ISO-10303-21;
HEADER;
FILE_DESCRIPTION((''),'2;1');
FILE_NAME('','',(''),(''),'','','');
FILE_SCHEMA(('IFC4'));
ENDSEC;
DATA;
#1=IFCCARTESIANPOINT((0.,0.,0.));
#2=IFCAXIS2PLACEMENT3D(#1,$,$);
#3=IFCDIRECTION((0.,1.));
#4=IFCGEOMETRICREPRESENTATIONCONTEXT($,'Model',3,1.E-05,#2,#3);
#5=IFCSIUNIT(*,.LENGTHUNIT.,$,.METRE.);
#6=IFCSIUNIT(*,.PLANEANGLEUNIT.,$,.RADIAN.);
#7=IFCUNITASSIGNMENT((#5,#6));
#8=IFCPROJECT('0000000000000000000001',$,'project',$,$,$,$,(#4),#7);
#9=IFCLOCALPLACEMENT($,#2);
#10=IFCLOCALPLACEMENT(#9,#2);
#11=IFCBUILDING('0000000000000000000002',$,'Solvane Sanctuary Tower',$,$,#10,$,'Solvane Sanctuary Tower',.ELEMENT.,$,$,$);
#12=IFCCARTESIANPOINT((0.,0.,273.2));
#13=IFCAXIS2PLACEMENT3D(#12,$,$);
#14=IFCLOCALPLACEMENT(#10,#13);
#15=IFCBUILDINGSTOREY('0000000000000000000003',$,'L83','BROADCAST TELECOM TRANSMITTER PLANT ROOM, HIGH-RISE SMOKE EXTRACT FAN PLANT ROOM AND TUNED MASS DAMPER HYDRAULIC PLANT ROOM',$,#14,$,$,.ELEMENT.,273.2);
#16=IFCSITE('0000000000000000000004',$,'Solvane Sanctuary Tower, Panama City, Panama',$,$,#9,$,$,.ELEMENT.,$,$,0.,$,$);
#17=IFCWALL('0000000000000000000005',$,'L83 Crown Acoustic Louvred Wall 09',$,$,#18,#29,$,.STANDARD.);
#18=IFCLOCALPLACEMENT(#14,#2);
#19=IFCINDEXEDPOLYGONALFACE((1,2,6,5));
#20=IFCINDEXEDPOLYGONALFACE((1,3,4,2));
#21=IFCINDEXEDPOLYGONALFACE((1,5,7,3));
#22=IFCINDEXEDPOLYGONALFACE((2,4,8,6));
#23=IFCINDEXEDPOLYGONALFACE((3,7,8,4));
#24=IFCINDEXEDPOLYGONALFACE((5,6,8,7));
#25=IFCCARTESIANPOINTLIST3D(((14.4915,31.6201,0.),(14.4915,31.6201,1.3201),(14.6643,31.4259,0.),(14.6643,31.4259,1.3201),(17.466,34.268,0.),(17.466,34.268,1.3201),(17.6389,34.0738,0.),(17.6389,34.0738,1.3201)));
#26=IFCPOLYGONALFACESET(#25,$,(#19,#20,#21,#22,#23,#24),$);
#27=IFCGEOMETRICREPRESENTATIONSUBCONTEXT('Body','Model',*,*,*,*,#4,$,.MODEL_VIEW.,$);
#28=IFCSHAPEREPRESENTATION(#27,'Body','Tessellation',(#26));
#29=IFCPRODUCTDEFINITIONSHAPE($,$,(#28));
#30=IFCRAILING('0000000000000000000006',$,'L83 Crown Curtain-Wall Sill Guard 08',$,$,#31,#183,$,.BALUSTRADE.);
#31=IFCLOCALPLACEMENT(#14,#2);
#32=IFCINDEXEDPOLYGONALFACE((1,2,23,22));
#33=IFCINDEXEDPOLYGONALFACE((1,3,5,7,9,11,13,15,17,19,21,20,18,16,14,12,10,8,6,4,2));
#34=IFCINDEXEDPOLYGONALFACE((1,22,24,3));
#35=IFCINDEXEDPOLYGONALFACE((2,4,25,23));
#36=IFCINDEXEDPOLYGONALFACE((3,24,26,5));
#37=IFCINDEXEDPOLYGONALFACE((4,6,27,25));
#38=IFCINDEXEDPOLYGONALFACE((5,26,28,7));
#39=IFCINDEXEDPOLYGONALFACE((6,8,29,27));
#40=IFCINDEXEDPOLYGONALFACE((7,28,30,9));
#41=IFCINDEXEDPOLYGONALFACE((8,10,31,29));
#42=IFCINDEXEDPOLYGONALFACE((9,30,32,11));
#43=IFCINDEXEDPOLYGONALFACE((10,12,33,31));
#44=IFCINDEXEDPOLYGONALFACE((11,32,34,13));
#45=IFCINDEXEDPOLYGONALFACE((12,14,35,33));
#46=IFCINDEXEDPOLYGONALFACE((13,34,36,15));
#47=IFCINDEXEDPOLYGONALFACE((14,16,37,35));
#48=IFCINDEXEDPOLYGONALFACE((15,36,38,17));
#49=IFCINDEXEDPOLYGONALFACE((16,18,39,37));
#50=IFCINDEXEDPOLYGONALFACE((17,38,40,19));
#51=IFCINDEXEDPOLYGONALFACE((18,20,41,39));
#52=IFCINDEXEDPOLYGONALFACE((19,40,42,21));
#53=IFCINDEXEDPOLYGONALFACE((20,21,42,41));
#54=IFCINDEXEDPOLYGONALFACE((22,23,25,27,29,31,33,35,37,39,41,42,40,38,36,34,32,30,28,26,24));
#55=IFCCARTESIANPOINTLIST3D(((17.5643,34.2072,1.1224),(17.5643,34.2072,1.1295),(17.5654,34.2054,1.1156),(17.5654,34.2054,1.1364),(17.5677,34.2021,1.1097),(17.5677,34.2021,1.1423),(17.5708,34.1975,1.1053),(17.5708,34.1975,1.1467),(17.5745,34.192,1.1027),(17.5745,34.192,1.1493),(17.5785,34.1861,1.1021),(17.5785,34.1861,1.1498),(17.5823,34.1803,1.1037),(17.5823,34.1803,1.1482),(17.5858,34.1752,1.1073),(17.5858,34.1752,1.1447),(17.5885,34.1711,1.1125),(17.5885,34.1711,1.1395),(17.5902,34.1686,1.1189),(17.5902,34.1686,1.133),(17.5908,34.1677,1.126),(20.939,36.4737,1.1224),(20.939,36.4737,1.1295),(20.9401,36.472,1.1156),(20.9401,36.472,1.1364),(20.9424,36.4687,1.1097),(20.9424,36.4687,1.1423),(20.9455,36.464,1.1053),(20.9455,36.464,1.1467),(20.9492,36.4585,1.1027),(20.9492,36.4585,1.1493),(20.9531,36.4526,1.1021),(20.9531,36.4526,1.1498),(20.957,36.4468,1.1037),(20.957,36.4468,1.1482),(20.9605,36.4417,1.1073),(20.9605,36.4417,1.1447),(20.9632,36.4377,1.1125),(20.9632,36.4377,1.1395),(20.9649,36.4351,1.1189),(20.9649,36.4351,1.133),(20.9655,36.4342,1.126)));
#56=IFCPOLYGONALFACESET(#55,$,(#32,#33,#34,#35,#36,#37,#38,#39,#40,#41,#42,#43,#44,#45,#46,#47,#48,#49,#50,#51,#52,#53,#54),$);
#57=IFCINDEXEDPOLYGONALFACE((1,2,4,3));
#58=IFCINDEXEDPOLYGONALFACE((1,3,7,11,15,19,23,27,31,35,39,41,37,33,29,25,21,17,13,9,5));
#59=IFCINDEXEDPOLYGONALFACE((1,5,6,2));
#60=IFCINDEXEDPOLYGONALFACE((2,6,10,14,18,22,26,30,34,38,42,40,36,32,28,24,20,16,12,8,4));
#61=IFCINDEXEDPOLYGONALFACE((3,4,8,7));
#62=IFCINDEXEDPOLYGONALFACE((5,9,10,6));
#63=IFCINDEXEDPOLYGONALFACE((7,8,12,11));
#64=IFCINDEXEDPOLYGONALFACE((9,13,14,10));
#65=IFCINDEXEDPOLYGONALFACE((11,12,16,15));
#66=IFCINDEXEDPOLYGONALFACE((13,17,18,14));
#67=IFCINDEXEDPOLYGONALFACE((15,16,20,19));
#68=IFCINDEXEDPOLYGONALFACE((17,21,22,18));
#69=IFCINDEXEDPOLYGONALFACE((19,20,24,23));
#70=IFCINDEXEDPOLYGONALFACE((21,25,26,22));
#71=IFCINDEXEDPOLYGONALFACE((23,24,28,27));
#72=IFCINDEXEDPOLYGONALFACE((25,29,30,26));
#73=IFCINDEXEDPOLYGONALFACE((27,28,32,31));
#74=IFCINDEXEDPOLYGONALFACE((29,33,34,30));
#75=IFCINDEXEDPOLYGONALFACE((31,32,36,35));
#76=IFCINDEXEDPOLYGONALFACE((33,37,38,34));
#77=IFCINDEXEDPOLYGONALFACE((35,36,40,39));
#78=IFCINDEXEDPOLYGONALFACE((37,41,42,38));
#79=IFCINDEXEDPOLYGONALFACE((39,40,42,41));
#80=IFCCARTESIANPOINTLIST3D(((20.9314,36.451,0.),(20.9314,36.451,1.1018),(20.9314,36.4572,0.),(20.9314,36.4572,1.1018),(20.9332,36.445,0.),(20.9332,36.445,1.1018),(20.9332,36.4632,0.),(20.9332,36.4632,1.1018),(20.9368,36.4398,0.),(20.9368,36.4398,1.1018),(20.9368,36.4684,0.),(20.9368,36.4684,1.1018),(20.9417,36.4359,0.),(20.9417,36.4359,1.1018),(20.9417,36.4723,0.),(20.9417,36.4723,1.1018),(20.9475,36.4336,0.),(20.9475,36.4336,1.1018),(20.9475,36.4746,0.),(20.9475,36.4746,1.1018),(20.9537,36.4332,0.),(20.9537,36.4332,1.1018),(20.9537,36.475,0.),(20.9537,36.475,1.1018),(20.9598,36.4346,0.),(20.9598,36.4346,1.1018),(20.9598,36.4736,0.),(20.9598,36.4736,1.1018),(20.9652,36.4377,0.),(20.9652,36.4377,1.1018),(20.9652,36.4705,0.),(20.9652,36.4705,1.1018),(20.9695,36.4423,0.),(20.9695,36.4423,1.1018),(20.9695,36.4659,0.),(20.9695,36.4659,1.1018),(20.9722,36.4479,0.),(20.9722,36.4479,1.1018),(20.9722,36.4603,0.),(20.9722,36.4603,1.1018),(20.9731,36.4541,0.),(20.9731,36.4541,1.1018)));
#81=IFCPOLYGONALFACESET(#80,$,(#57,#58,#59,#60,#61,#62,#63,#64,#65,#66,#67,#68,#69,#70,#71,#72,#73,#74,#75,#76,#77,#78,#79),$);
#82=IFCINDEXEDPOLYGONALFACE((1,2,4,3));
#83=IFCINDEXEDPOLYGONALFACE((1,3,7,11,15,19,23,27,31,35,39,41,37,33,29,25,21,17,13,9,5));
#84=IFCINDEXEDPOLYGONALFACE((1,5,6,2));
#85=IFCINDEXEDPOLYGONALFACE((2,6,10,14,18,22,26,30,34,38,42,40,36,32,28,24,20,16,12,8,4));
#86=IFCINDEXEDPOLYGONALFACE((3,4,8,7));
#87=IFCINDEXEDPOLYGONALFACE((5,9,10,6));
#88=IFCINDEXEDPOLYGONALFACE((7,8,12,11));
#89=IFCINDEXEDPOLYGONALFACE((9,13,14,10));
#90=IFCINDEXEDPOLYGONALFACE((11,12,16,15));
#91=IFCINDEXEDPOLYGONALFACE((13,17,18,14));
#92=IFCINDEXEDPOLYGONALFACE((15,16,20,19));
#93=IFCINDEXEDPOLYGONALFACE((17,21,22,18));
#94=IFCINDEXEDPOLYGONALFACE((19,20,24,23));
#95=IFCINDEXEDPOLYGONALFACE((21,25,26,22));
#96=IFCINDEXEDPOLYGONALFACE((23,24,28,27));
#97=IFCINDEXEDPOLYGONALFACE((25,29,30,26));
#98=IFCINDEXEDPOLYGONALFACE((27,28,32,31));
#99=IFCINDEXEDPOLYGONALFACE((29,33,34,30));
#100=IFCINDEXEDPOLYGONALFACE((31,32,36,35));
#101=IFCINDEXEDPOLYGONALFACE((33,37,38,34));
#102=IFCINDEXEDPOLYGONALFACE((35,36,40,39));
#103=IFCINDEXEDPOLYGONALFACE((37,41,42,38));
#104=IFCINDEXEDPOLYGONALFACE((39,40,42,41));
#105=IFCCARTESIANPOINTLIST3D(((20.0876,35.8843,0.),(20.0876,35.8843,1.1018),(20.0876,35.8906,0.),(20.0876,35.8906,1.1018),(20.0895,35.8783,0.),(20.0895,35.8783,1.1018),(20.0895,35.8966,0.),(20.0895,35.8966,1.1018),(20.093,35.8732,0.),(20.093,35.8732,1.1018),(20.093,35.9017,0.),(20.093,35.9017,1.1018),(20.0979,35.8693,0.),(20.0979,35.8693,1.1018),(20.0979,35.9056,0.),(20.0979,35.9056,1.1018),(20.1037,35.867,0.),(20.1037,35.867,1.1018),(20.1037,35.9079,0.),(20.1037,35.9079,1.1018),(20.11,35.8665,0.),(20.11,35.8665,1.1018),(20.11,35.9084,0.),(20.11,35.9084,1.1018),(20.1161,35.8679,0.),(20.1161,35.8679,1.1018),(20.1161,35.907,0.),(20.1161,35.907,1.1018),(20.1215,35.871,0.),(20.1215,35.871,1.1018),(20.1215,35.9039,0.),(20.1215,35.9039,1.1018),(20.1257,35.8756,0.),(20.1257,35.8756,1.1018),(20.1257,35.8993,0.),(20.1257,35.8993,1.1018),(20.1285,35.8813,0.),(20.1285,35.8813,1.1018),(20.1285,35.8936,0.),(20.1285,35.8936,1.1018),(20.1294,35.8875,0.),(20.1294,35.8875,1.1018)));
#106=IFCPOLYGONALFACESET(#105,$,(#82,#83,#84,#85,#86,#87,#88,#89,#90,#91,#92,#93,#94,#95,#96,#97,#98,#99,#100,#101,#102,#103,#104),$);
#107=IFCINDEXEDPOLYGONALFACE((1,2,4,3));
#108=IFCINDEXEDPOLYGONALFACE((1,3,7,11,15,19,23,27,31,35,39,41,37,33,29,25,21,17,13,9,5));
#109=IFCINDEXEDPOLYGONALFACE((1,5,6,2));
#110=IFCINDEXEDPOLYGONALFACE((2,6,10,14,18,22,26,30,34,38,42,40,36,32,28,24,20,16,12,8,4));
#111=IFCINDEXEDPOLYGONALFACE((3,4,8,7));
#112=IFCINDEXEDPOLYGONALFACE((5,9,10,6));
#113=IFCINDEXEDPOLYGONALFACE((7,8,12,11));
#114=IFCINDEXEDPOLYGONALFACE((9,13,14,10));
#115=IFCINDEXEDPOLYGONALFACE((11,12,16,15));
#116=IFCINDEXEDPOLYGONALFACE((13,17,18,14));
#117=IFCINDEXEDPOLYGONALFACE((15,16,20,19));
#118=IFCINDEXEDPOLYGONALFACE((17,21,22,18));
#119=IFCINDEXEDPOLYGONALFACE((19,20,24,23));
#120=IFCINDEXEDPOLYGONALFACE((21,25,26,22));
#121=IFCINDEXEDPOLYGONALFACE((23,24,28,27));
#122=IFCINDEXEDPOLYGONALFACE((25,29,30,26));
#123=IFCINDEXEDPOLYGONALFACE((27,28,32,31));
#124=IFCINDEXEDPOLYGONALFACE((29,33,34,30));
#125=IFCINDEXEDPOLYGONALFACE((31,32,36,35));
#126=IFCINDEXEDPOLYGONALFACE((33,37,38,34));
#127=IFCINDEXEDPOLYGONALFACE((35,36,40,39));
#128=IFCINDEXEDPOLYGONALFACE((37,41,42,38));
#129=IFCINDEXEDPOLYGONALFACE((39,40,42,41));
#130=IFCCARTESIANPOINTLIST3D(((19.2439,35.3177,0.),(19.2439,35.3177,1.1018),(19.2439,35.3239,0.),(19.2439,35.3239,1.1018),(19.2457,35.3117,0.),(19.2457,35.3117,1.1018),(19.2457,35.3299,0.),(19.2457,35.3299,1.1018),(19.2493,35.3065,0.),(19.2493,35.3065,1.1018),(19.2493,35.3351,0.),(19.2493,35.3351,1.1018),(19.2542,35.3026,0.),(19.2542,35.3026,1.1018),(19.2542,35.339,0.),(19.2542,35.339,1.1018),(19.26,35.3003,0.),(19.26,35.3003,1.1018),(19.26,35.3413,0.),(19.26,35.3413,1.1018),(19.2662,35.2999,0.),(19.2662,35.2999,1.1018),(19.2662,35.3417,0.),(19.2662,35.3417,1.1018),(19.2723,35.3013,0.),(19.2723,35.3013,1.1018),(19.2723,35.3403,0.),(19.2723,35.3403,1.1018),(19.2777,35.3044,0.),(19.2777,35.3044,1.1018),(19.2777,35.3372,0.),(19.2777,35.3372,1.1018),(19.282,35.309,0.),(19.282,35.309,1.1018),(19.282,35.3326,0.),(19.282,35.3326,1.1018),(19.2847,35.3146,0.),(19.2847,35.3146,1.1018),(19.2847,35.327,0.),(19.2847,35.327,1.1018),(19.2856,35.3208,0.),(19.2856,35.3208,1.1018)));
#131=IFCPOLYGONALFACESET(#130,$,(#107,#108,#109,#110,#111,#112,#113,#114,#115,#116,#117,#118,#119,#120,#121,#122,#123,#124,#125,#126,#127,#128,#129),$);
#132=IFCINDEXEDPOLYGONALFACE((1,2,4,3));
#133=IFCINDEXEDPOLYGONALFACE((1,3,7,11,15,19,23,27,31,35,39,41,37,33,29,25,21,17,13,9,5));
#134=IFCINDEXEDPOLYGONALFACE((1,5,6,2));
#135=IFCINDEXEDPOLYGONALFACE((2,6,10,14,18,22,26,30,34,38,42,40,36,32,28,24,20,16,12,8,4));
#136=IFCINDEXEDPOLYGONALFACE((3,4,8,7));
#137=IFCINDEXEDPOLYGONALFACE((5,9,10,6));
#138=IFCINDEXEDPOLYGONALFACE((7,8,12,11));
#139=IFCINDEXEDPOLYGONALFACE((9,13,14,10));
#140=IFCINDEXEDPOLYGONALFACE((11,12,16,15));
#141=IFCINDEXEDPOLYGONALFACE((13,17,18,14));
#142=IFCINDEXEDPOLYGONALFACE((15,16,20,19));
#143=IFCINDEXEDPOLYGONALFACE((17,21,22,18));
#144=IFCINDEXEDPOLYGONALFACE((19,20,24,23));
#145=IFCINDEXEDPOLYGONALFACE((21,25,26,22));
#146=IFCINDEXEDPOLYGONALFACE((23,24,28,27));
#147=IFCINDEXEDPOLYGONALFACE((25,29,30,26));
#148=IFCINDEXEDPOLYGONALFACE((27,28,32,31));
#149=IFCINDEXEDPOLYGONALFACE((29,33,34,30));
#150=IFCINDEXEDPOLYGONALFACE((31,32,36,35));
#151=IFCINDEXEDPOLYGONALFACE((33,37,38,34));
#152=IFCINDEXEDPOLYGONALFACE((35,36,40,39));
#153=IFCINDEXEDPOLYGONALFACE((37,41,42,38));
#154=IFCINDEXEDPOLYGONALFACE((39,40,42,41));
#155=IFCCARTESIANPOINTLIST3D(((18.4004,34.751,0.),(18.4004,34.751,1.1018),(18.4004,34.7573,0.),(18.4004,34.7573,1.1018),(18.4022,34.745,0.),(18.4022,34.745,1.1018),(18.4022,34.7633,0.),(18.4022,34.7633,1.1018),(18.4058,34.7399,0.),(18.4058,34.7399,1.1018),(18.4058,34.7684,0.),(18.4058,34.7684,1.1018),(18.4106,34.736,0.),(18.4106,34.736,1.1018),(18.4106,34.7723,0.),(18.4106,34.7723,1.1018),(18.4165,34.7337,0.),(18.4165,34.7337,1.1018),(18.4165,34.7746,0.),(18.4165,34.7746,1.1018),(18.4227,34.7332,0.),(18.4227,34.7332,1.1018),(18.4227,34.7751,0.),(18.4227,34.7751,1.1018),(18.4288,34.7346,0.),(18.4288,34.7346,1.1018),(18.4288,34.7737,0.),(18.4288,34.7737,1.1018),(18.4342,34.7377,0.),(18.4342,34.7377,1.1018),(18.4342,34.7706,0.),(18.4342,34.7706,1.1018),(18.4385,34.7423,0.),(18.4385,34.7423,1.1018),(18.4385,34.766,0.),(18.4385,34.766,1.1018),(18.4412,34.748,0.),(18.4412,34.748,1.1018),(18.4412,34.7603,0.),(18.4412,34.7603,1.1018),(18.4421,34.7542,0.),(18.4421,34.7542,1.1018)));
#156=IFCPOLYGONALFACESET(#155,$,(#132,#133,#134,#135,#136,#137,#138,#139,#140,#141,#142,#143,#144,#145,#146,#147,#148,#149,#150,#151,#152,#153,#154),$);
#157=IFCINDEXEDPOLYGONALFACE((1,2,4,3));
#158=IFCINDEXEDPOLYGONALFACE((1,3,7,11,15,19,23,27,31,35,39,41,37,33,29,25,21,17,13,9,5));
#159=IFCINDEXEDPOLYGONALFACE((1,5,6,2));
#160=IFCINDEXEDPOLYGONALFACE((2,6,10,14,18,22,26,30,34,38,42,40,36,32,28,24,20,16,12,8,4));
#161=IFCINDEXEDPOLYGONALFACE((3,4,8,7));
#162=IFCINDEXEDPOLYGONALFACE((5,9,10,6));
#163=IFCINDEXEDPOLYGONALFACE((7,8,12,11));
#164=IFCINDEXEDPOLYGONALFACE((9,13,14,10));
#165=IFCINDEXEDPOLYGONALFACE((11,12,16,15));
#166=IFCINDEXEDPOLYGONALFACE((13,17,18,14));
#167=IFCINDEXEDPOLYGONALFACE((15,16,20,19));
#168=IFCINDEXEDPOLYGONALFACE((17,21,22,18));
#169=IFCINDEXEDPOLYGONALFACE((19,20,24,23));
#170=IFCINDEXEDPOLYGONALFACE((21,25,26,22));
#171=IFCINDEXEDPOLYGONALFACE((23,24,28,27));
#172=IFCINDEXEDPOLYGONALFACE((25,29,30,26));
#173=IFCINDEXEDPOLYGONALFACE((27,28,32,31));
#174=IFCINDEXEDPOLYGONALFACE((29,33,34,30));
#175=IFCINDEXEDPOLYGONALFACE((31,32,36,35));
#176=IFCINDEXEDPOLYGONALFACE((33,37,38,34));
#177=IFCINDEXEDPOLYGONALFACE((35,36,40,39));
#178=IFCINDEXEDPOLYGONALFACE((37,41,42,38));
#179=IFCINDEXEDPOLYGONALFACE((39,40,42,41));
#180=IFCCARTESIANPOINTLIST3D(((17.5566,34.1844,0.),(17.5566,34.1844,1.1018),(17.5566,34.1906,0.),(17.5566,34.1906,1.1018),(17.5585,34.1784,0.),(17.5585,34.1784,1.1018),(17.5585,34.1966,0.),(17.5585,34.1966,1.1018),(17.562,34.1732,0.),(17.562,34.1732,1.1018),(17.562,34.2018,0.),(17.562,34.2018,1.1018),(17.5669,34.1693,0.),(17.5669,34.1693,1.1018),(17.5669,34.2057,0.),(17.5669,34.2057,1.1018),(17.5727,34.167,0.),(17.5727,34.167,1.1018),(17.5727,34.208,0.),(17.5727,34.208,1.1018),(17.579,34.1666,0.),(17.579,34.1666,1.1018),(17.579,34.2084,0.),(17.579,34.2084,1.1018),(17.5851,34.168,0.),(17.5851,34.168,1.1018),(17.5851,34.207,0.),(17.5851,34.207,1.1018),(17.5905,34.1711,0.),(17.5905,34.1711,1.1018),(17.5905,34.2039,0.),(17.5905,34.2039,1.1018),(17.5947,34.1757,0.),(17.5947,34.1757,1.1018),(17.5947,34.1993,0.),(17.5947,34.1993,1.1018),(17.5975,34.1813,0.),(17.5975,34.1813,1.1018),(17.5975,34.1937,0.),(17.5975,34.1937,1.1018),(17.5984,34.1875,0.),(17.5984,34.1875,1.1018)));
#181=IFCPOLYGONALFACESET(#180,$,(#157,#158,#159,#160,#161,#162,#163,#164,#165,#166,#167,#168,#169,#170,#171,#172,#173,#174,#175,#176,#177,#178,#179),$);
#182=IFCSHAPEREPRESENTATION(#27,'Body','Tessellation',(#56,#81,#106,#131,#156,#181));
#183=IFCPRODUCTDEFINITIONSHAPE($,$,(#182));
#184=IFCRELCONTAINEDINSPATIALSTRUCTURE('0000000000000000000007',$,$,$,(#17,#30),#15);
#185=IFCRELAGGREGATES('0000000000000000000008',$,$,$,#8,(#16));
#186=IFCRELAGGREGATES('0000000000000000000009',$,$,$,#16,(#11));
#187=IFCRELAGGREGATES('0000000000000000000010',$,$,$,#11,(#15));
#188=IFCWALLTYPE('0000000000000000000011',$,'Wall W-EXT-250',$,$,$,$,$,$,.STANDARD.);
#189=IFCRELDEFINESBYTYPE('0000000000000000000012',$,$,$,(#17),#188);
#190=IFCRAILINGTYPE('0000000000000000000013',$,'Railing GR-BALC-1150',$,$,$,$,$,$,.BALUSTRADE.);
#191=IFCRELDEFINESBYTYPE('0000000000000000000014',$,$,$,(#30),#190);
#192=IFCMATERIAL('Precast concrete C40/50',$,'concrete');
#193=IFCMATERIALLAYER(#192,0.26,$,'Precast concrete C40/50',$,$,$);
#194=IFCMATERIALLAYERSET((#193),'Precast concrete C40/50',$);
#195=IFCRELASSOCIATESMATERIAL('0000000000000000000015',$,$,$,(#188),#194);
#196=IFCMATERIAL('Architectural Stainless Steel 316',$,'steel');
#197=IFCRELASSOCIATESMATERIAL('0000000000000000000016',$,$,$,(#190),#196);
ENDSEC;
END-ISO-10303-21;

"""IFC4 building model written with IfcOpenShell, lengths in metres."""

from ifc_helpers import new_model, si_unit, direction, frame, frame_2d, origin, origin_2d, place, context, subcontext, project, spatial, rectangle, circle, extrude, material, layer, layer_set, type_object, element, save


model = new_model("IFC4")

# Units and contexts
model_context = context("Model", 3, precision=1e-05, world=origin(), true_north=direction((0.0, 1.0)))
body_context = subcontext(model_context, "Body", "Model", "MODEL_VIEW")
ifc_project = project(units=[si_unit("LENGTHUNIT", "METRE"), si_unit("PLANEANGLEUNIT", "RADIAN")], contexts=[model_context])

# Site, building, storey
site_placement = place(None, origin())
site = spatial("IfcSite", under=ifc_project, at=site_placement, Name="Solvane Sanctuary Tower, Panama City, Panama", CompositionType="ELEMENT", RefElevation=0.0)
building_placement = place(site_placement, origin())
building = spatial("IfcBuilding", under=site, at=building_placement, Name="Solvane Sanctuary Tower", LongName="Solvane Sanctuary Tower", CompositionType="ELEMENT")
storey_placement = place(building_placement, frame((0.0, 0.0, 273.2)))
storey = spatial("IfcBuildingStorey", under=building, at=storey_placement, Name="L83", Description="BROADCAST TELECOM TRANSMITTER PLANT ROOM, HIGH-RISE SMOKE EXTRACT FAN PLANT ROOM AND TUNED MASS DAMPER HYDRAULIC PLANT ROOM", CompositionType="ELEMENT", Elevation=273.2)

# Wall
ifc_material_1 = material(Name="Precast concrete C40/50", Category="concrete")
ifc_layer_1 = layer(ifc_material_1, 0.26, Name="Precast concrete C40/50")
ifc_layer_set_1 = layer_set([ifc_layer_1], Name="Precast concrete C40/50")
wall_type_1 = type_object("IfcWallType", Name="Wall W-EXT-250", PredefinedType="STANDARD", material=ifc_layer_set_1)
wall_1_placement = place(storey_placement, frame((17.5525, 34.1709, 0.0), z_axis=(0.0, 0.0, 1.0), x_axis=(-0.746929, -0.664904, 0.0)))
element("IfcWall", 1, at=wall_1_placement, inside=storey, type_object=wall_type_1, Name="L83 Crown Acoustic Louvred Wall 09", PredefinedType="STANDARD", context=body_context, shape_type="SweptSolid", body=[
    extrude(rectangle(XDim=3.9824, YDim=0.26, at=frame_2d((1.9912, 0.0))), origin(), (0.0, 0.0, 1.0), 1.3201),
])

# Railing
ifc_material_2 = material(Name="Architectural Stainless Steel 316", Category="steel")
railing_type = type_object("IfcRailingType", Name="Railing GR-BALC-1150", PredefinedType="BALUSTRADE", material=ifc_material_2)
railing_1_placement = place(storey_placement, frame((20.9521, 36.4541, 0.0)))
element("IfcRailing", 2, at=railing_1_placement, inside=storey, type_object=railing_type, Name="L83 Crown Curtain-Wall Sill Guard 08", PredefinedType="BALUSTRADE", context=body_context, shape_type="SweptSolid", body=[
    extrude(circle(Radius=0.0239, at=origin_2d()), frame((0.0, 0.0, 1.126), z_axis=(-0.830142, -0.557552, 0.0), x_axis=(0.557552, -0.830142, 0.0)), (0.0, 0.0, 1.0), 4.0652),
    extrude(circle(Radius=0.021, at=origin_2d()), origin(), (0.0, 0.0, 1.0), 1.1018),
    extrude(circle(Radius=0.021, at=origin_2d()), frame((-0.8438, -0.5667, 0.0)), (0.0, 0.0, 1.0), 1.1018),
    extrude(circle(Radius=0.021, at=origin_2d()), frame((-1.6875, -1.1333, 0.0)), (0.0, 0.0, 1.0), 1.1018),
    extrude(circle(Radius=0.021, at=origin_2d()), frame((-2.531, -1.7, 0.0)), (0.0, 0.0, 1.0), 1.1018),
    extrude(circle(Radius=0.021, at=origin_2d()), frame((-3.3748, -2.2666, 0.0)), (0.0, 0.0, 1.0), 1.1018),
])

save(model, "model.ifc")
